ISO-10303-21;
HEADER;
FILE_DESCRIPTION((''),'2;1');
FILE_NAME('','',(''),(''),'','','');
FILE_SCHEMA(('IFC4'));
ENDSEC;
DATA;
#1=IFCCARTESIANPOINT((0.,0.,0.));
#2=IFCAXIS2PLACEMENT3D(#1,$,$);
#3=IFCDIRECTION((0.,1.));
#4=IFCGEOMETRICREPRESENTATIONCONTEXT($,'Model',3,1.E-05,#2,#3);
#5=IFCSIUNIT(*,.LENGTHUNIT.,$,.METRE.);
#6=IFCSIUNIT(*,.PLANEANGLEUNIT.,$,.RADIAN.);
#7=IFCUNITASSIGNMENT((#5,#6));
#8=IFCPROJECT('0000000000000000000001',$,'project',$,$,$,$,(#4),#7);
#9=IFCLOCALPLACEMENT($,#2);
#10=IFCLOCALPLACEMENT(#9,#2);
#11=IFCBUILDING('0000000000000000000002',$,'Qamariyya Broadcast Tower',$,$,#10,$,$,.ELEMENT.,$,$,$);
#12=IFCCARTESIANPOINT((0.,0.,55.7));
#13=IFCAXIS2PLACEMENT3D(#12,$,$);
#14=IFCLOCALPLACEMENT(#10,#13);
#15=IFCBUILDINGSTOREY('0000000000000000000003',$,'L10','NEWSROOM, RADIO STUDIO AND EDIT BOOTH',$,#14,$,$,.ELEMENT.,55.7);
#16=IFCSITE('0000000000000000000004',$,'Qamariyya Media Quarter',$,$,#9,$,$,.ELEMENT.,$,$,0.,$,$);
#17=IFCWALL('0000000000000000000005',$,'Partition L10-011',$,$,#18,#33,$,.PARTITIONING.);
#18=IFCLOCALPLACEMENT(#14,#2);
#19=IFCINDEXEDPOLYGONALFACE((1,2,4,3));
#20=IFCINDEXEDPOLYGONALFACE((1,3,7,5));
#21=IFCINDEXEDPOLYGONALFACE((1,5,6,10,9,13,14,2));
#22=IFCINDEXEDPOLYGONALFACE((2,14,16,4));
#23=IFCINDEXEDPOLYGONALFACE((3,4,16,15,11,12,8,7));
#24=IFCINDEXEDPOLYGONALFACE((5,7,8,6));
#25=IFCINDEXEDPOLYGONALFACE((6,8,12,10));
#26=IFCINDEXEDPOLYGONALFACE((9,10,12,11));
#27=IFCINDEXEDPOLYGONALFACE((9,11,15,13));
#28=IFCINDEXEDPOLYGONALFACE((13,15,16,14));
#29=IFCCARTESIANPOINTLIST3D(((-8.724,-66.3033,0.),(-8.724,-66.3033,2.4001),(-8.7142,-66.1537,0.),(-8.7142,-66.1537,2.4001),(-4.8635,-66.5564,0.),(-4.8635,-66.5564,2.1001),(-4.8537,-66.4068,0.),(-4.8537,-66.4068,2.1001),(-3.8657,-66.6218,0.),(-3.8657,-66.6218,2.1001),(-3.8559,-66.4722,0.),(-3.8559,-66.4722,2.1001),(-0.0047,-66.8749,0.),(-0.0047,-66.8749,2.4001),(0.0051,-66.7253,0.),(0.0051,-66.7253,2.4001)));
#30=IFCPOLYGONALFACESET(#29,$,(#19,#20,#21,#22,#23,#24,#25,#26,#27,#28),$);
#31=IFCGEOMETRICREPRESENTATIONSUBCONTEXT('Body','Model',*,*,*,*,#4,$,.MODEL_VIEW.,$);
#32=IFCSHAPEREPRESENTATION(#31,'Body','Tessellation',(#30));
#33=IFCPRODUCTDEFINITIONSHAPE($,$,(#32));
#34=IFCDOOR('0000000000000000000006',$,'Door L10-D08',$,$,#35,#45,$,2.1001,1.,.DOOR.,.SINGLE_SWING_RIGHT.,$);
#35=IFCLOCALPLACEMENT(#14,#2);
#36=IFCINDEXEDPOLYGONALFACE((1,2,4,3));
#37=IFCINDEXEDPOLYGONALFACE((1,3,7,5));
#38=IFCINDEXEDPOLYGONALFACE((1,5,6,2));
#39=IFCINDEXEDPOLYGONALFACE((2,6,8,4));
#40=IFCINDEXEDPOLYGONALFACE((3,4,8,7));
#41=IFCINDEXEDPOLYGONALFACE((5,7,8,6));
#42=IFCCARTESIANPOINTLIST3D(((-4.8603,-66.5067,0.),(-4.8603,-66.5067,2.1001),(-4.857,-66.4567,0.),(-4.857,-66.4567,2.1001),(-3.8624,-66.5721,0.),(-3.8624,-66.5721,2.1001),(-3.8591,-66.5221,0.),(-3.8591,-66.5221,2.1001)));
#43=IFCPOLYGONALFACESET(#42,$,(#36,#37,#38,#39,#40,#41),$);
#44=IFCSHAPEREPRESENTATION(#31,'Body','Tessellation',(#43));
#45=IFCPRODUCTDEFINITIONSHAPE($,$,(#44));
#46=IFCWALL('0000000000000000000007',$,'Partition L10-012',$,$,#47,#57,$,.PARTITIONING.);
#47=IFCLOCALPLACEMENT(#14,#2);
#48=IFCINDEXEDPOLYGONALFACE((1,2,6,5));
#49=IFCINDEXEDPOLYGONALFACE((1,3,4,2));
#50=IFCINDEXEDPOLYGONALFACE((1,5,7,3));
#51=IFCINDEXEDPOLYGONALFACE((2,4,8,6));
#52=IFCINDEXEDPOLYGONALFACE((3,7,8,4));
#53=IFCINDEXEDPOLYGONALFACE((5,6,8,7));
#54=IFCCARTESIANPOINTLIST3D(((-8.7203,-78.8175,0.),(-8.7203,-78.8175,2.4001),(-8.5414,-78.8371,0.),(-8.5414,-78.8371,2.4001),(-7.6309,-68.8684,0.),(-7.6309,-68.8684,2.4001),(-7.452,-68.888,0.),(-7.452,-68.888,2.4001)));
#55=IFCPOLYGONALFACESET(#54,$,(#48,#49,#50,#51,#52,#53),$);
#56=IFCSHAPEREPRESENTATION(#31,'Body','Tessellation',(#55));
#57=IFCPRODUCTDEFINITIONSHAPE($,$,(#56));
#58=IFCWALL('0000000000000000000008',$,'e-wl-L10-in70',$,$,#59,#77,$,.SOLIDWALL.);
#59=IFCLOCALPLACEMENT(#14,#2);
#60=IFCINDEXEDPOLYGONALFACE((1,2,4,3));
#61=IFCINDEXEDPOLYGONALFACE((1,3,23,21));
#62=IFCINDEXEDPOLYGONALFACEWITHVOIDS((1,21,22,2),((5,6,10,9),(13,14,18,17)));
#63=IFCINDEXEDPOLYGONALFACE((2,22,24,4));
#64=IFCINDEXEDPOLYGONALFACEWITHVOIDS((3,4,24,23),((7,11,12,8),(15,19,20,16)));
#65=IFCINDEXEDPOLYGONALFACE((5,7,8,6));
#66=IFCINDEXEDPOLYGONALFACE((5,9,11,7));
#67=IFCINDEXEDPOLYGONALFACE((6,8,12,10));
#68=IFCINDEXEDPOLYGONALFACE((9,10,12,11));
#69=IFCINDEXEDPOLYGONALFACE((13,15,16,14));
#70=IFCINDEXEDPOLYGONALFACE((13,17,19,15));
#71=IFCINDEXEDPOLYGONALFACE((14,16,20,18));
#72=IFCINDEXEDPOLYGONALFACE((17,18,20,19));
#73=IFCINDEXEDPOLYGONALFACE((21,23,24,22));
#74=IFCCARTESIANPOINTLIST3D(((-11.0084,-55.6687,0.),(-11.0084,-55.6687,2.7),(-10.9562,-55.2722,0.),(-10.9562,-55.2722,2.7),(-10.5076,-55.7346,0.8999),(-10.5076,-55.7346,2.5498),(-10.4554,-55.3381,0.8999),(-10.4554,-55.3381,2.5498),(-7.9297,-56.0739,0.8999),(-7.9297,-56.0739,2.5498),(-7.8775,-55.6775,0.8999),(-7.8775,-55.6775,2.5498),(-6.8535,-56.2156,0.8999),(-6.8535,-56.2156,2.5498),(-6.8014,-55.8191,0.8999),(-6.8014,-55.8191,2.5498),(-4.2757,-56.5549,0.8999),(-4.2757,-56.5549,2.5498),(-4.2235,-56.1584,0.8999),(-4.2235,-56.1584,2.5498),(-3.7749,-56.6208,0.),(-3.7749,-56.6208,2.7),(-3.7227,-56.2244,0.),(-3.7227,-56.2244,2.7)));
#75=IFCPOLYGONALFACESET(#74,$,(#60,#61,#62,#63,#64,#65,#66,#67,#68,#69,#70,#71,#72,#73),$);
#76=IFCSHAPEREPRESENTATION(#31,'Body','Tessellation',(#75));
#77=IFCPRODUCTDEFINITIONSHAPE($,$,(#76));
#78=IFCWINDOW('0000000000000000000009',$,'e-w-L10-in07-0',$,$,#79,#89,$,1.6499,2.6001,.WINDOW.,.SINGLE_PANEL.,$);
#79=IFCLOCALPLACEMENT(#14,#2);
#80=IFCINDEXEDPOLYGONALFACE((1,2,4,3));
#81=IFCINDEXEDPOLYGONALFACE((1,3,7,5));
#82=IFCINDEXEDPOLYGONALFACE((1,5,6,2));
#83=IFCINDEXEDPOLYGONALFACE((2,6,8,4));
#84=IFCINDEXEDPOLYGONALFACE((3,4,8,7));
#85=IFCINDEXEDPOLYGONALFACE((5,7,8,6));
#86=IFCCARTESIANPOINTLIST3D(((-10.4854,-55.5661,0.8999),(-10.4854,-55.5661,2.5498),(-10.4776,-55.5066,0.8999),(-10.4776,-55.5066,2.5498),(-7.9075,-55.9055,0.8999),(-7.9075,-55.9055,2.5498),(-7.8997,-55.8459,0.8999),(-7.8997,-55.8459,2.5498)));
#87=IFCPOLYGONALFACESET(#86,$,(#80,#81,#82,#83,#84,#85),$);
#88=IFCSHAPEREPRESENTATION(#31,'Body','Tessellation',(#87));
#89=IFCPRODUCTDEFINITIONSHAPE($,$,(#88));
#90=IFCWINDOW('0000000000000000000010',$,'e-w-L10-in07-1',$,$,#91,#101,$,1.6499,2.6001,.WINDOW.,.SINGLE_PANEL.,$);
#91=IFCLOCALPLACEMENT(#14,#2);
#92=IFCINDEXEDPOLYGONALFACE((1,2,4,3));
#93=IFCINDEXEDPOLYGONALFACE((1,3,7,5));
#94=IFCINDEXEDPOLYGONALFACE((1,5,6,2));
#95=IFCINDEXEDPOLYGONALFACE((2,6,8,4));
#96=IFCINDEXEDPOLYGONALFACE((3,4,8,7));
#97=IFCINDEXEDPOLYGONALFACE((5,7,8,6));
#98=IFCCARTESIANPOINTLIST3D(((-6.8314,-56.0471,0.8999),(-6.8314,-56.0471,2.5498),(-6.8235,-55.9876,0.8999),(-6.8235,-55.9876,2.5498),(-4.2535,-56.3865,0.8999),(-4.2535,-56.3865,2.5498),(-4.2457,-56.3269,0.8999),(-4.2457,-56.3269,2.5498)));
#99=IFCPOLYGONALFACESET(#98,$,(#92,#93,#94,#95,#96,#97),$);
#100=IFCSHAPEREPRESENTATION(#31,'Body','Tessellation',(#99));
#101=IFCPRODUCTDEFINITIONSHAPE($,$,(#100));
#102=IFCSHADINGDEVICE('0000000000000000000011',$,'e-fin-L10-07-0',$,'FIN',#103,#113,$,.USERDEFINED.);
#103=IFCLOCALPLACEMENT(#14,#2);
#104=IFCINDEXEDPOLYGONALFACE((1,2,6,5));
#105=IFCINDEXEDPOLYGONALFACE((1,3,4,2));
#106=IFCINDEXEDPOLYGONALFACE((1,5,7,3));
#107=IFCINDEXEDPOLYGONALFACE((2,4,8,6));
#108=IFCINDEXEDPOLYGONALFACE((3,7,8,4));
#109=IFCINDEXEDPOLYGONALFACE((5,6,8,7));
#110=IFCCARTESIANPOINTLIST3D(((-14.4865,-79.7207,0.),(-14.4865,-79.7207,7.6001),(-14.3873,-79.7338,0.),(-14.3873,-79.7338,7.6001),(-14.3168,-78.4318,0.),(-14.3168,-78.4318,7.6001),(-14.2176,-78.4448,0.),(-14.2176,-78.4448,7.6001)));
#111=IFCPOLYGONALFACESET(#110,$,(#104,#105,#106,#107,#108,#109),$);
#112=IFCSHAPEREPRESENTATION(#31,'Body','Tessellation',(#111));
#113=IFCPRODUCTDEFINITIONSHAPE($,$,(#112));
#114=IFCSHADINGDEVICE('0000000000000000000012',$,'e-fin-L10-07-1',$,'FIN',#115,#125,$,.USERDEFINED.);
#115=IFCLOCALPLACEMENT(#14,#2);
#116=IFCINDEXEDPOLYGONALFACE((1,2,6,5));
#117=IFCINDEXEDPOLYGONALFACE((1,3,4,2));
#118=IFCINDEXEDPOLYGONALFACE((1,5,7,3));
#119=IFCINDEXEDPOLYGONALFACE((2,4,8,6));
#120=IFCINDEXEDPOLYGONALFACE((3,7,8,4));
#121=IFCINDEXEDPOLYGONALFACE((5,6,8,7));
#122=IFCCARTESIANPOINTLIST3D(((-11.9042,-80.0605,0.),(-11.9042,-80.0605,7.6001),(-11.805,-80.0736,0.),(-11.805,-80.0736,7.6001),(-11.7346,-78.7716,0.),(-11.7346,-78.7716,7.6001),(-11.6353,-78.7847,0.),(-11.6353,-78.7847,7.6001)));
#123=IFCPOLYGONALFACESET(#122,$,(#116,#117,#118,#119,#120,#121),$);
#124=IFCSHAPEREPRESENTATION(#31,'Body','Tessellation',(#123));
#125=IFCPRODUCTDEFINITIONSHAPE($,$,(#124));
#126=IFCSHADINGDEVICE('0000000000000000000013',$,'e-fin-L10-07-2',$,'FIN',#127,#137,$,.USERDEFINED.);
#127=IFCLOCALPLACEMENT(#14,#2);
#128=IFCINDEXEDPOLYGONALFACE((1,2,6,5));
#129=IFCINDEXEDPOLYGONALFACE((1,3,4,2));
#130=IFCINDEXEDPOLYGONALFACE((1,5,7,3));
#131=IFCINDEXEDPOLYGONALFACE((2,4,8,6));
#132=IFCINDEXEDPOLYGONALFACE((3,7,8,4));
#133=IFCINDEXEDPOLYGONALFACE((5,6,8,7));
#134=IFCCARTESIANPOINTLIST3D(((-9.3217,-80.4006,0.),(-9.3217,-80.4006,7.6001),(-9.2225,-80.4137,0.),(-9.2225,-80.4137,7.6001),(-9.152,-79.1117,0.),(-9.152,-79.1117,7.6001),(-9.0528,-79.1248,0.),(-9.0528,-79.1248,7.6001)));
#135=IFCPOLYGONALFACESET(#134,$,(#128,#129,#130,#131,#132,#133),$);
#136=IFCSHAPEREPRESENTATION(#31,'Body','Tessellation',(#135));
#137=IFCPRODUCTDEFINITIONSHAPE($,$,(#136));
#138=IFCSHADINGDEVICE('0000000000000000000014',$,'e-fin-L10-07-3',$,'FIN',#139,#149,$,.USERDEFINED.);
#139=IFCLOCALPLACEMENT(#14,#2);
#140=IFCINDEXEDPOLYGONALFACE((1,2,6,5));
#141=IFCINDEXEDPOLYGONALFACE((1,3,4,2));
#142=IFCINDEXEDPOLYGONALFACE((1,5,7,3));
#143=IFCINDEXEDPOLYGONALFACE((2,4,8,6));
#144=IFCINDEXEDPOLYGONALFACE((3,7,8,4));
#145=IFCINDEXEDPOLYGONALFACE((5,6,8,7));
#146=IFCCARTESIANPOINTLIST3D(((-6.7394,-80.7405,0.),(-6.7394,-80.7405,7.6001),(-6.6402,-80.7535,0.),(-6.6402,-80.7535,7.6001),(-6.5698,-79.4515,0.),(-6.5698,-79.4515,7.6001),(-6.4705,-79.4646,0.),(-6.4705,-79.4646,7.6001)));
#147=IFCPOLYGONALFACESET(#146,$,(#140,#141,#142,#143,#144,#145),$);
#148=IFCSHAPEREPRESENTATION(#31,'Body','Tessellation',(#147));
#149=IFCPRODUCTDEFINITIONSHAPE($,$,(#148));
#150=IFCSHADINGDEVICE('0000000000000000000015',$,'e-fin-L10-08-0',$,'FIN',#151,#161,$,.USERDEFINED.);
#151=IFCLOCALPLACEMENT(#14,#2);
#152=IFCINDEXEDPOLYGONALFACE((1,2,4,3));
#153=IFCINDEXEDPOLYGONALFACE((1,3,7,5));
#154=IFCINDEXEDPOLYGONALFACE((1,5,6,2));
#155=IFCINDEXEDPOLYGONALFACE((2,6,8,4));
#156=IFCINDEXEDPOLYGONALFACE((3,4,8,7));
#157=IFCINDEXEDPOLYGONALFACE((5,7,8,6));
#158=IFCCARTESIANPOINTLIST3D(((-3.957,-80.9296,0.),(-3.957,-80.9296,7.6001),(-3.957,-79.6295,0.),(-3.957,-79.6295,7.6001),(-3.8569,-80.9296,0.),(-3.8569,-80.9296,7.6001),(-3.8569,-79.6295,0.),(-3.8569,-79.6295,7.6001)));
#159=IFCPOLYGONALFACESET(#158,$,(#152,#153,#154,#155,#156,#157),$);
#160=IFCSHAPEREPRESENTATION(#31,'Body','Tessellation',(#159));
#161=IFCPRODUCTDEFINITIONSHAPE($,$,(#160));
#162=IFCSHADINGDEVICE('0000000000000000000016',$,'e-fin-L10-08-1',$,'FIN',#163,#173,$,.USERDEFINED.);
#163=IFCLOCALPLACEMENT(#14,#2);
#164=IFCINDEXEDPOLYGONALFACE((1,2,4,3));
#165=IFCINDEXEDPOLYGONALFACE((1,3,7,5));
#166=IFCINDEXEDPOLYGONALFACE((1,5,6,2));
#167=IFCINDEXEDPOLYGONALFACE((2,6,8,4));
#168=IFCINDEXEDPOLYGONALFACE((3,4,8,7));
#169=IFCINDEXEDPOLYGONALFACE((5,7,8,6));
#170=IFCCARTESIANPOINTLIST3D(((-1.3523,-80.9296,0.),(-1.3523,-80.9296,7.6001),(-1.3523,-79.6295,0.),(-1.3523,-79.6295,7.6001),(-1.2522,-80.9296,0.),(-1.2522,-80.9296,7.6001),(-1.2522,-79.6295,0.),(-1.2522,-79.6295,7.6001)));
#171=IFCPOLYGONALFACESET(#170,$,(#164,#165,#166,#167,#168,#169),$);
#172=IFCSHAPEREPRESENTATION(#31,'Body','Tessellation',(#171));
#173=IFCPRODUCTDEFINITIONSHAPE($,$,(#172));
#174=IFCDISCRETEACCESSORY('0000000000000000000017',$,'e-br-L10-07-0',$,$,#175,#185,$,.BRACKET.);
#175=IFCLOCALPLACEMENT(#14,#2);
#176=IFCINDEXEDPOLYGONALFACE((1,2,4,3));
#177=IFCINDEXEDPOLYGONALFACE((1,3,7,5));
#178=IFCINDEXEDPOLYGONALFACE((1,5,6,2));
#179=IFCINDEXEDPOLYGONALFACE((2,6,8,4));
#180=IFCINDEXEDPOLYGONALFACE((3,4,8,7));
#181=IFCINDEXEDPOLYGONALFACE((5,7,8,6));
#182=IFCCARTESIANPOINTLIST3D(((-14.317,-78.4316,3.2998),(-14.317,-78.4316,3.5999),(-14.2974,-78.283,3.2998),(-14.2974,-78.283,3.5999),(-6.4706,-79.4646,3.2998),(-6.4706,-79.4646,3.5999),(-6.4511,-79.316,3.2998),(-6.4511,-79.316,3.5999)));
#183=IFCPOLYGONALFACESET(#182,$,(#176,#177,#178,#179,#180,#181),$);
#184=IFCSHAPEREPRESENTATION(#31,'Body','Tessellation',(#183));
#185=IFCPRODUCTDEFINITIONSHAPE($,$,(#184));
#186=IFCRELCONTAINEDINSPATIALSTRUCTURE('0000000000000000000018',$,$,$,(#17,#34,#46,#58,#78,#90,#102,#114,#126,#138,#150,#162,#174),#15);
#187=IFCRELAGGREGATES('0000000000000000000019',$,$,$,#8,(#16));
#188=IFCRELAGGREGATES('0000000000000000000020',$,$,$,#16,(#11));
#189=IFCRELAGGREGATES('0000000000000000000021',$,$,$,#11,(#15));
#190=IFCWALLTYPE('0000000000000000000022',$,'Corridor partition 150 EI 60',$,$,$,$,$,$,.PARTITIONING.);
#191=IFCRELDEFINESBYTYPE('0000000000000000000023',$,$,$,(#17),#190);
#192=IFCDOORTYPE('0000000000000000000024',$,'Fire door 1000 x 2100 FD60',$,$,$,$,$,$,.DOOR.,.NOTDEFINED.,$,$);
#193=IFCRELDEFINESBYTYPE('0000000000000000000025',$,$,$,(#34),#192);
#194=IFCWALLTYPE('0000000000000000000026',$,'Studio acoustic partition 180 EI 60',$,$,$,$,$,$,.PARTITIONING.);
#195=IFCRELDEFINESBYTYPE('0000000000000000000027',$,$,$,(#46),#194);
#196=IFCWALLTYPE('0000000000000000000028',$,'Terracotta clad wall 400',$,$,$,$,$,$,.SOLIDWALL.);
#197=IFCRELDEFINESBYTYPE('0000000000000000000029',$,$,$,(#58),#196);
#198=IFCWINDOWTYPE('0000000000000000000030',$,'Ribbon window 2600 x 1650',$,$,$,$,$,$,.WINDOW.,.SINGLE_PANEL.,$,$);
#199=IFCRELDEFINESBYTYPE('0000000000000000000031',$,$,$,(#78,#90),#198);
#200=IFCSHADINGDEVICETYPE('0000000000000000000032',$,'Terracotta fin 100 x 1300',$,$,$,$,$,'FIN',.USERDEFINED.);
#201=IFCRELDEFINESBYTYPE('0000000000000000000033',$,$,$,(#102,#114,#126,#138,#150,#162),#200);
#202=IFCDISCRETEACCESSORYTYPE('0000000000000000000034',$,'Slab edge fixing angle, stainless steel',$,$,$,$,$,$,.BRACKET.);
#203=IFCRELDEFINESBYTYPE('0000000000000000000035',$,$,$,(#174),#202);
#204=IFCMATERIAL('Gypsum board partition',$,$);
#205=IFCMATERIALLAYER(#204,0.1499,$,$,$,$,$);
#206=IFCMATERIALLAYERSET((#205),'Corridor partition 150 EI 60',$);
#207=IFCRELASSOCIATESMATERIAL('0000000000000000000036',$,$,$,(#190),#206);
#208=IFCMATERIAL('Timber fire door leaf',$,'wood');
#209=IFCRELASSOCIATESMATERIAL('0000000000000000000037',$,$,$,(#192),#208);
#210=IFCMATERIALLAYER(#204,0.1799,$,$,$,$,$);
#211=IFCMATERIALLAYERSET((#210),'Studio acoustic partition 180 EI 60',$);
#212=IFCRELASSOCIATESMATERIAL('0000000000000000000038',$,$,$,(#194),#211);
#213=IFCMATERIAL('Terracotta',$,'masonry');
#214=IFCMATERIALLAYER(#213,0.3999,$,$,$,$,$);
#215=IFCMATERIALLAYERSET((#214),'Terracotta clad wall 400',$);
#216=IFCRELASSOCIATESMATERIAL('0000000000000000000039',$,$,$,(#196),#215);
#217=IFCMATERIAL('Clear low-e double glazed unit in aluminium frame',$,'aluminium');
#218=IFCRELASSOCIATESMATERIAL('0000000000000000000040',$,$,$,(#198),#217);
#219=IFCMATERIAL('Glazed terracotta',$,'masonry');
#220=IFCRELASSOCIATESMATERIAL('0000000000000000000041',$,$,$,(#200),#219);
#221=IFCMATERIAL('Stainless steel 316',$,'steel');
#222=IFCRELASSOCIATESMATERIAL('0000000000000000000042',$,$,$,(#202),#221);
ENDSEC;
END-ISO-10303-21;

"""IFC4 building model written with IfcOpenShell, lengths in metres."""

from ifc_helpers import new_model, si_unit, direction, frame, frame_2d, origin, origin_2d, place, context, subcontext, project, spatial, rectangle, extrude, material, layer, layer_set, material_profile, profile_set, type_object, element, fill, save


model = new_model("IFC4")

# Units and contexts
model_context = context("Model", 3, precision=1e-05, world=origin(), true_north=direction((0.0, 1.0)))
body_context = subcontext(model_context, "Body", "Model", "MODEL_VIEW")
ifc_project = project(units=[si_unit("LENGTHUNIT", "METRE"), si_unit("PLANEANGLEUNIT", "RADIAN")], contexts=[model_context])

# Site, building, storey
site_placement = place(None, origin())
site = spatial("IfcSite", under=ifc_project, at=site_placement, Name="Qamariyya Media Quarter", CompositionType="ELEMENT", RefElevation=0.0)
building_placement = place(site_placement, origin())
building = spatial("IfcBuilding", under=site, at=building_placement, Name="Qamariyya Broadcast Tower", CompositionType="ELEMENT")
storey_placement = place(building_placement, frame((0.0, 0.0, 55.7)))
storey = spatial("IfcBuildingStorey", under=building, at=storey_placement, Name="L10", Description="NEWSROOM, RADIO STUDIO AND EDIT BOOTH", CompositionType="ELEMENT", Elevation=55.7)

# Wall, opening, door
ifc_material_1 = material(Name="Gypsum board partition")
ifc_layer_1 = layer(ifc_material_1, 0.1499)
ifc_layer_set_1 = layer_set([ifc_layer_1], Name="Corridor partition 150 EI 60")
wall_type_1 = type_object("IfcWallType", Name="Corridor partition 150 EI 60", PredefinedType="PARTITIONING", material=ifc_layer_set_1)
ifc_material_2 = material(Name="Timber fire door leaf", Category="wood")
wall_1_placement = place(storey_placement, frame((-8.7192, -66.2285, 0.0), z_axis=(0.0, 0.0, 1.0), x_axis=(0.997859, -0.065408, 0.0)))
wall_1 = element("IfcWall", 1, at=wall_1_placement, inside=storey, type_object=wall_type_1, Name="Partition L10-011", PredefinedType="PARTITIONING", context=body_context, shape_type="SweptSolid", body=[
    extrude(rectangle(XDim=8.738, YDim=0.1499, at=frame_2d((4.3691, 0.0))), origin(), (0.0, 0.0, 1.0), 2.4001),
])
opening_1_placement = place(wall_1_placement, frame((3.8689, 0.0, 0.0)))
opening_1 = element("IfcOpeningElement", 2, at=opening_1_placement, cuts=wall_1, PredefinedType="OPENING", context=body_context, shape_type="SweptSolid", body=[
    extrude(rectangle(XDim=1.0, YDim=2.1001, at=frame_2d((0.5, 1.05))), frame((0.0, 0.085, 0.0), z_axis=(0.0, -1.0, 0.0), x_axis=(1.0, 0.0, 0.0)), (0.0, 0.0, 1.0), 0.1699),
])
door_type_1 = type_object("IfcDoorType", Name="Fire door 1000 x 2100 FD60", OperationType="NOTDEFINED", PredefinedType="DOOR", material=ifc_material_2)
door_1_placement = place(opening_1_placement, origin())
door_1 = element("IfcDoor", 3, at=door_1_placement, inside=storey, type_object=door_type_1, Name="Door L10-D08", OperationType="SINGLE_SWING_RIGHT", OverallHeight=2.1001, OverallWidth=1.0, PredefinedType="DOOR", context=body_context, shape_type="SweptSolid", body=[
    extrude(rectangle(XDim=1.0, YDim=2.1001, at=frame_2d((0.5, 1.05))), frame((0.0, 0.0249, 0.0), z_axis=(0.0, -1.0, 0.0), x_axis=(1.0, 0.0, 0.0)), (0.0, 0.0, 1.0), 0.05),
])
fill(opening_1, door_1)

# Wall
ifc_layer_2 = layer(ifc_material_1, 0.1799)
ifc_layer_set_2 = layer_set([ifc_layer_2], Name="Studio acoustic partition 180 EI 60")
wall_type_2 = type_object("IfcWallType", Name="Studio acoustic partition 180 EI 60", PredefinedType="PARTITIONING", material=ifc_layer_set_2)
wall_2_placement = place(storey_placement, frame((-8.6309, -78.8274, 0.0), z_axis=(0.0, 0.0, 1.0), x_axis=(0.108844, 0.994059, 0.0)))
element("IfcWall", 4, at=wall_2_placement, inside=storey, type_object=wall_type_2, Name="Partition L10-012", PredefinedType="PARTITIONING", context=body_context, shape_type="SweptSolid", body=[
    extrude(rectangle(XDim=10.0085, YDim=0.1799, at=frame_2d((5.0044, 0.0))), origin(), (0.0, 0.0, 1.0), 2.4001),
])

# Wall, openings, windows
ifc_material_3 = material(Name="Terracotta", Category="masonry")
ifc_layer_3 = layer(ifc_material_3, 0.3999)
ifc_layer_set_3 = layer_set([ifc_layer_3], Name="Terracotta clad wall 400")
wall_type_3 = type_object("IfcWallType", Name="Terracotta clad wall 400", PredefinedType="SOLIDWALL", material=ifc_layer_set_3)
wall_3_placement = place(storey_placement, frame((-3.7488, -56.4226, 0.0), z_axis=(0.0, 0.0, 1.0), x_axis=(-0.991447, 0.130506, 0.0)))
wall_3 = element("IfcWall", 5, at=wall_3_placement, inside=storey, type_object=wall_type_3, Name="e-wl-L10-in70", PredefinedType="SOLIDWALL", context=body_context, shape_type="SweptSolid", body=[
    extrude(rectangle(XDim=7.2959, YDim=0.3999, at=frame_2d((3.6479, 0.0))), origin(), (0.0, 0.0, 1.0), 2.7),
])
opening_2_placement = place(wall_3_placement, frame((4.1907, 0.0, 0.8999)))
opening_2 = element("IfcOpeningElement", 6, at=opening_2_placement, cuts=wall_3, PredefinedType="OPENING", context=body_context, shape_type="SweptSolid", body=[
    extrude(rectangle(XDim=2.6001, YDim=1.6499, at=frame_2d((1.3, 0.825))), frame((0.0, 0.21, 0.0), z_axis=(0.0, -1.0, 0.0), x_axis=(1.0, 0.0, 0.0)), (0.0, 0.0, 1.0), 0.4199),
])
opening_3_placement = place(wall_3_placement, frame((0.5051, 0.0, 0.8999)))
opening_3 = element("IfcOpeningElement", 7, at=opening_3_placement, cuts=wall_3, PredefinedType="OPENING", context=body_context, shape_type="SweptSolid", body=[
    extrude(rectangle(XDim=2.6001, YDim=1.6499, at=frame_2d((1.3, 0.825))), frame((0.0, 0.21, 0.0), z_axis=(0.0, -1.0, 0.0), x_axis=(1.0, 0.0, 0.0)), (0.0, 0.0, 1.0), 0.4199),
])
ifc_material_4 = material(Name="Clear low-e double glazed unit in aluminium frame", Category="aluminium")
window_type = type_object("IfcWindowType", Name="Ribbon window 2600 x 1650", PartitioningType="SINGLE_PANEL", PredefinedType="WINDOW", material=ifc_material_4)
window_1_placement = place(opening_2_placement, origin())
window_1 = element("IfcWindow", 8, at=window_1_placement, inside=storey, type_object=window_type, Name="e-w-L10-in07-0", OverallHeight=1.6499, OverallWidth=2.6001, PartitioningType="SINGLE_PANEL", PredefinedType="WINDOW", context=body_context, shape_type="SweptSolid", body=[
    extrude(rectangle(XDim=2.6001, YDim=1.6499, at=frame_2d((1.3, 0.825))), frame((0.0, 0.03, 0.0), z_axis=(0.0, -1.0, 0.0), x_axis=(1.0, 0.0, 0.0)), (0.0, 0.0, 1.0), 0.0601),
])
fill(opening_2, window_1)
window_2_placement = place(opening_3_placement, origin())
window_2 = element("IfcWindow", 9, at=window_2_placement, inside=storey, type_object=window_type, Name="e-w-L10-in07-1", OverallHeight=1.6499, OverallWidth=2.6001, PartitioningType="SINGLE_PANEL", PredefinedType="WINDOW", context=body_context, shape_type="SweptSolid", body=[
    extrude(rectangle(XDim=2.6001, YDim=1.6499, at=frame_2d((1.3, 0.825))), frame((0.0, 0.03, 0.0), z_axis=(0.0, -1.0, 0.0), x_axis=(1.0, 0.0, 0.0)), (0.0, 0.0, 1.0), 0.0601),
])
fill(opening_3, window_2)

# Shading devices
ifc_material_5 = material(Name="Glazed terracotta", Category="masonry")
ifc_material_profile_1 = material_profile(ifc_material_5, rectangle(XDim=1.3, YDim=0.1001, at=origin_2d()))
ifc_profile_set_1 = profile_set([ifc_material_profile_1], Name="Glazed terracotta")
shading_device_type_1 = type_object("IfcShadingDeviceType", Name="Terracotta fin 100 x 1300", ElementType="FIN", PredefinedType="USERDEFINED", material=ifc_profile_set_1)
for number, where, z_axis, x_axis, name in (
    (10, (-14.3521, -79.0828, 0.0), (0.0, 0.0, 1.0), (-0.130526, -0.991445, 0.0), "e-fin-L10-07-0"),
    (11, (-11.7698, -79.4226, 0.0), (0.0, 0.0, 1.0), (-0.130526, -0.991445, 0.0), "e-fin-L10-07-1"),
    (12, (-9.1873, -79.7627, 0.0), (0.0, 0.0, 1.0), (-0.130526, -0.991445, 0.0), "e-fin-L10-07-2"),
    (13, (-6.605, -80.1025, 0.0), (0.0, 0.0, 1.0), (-0.130526, -0.991445, 0.0), "e-fin-L10-07-3"),
    (14, (-3.907, -80.2795, 0.0), (0.0, 0.0, 1.0), (0.0, -1.0, 0.0), "e-fin-L10-08-0"),
    (15, (-1.3022, -80.2795, 0.0), (0.0, 0.0, 1.0), (0.0, -1.0, 0.0), "e-fin-L10-08-1"),
):
    element("IfcShadingDevice", number, at=place(storey_placement, frame(where, z_axis=z_axis, x_axis=x_axis)), inside=storey, type_object=shading_device_type_1, Name=name, ObjectType="FIN", PredefinedType="USERDEFINED", context=body_context, shape_type="SweptSolid", body=[
        extrude(rectangle(XDim=1.3, YDim=0.1001, at=origin_2d()), origin(), (0.0, 0.0, 1.0), 7.6001),
    ])

# Discrete accessory
ifc_material_6 = material(Name="Stainless steel 316", Category="steel")
discrete_accessory_type = type_object("IfcDiscreteAccessoryType", Name="Slab edge fixing angle, stainless steel", PredefinedType="BRACKET", material=ifc_material_6)
discrete_accessory_placement = place(storey_placement, frame((-10.384, -78.8738, 3.2998), z_axis=(0.0, 0.0, 1.0), x_axis=(0.991445, -0.130526, 0.0)))
element("IfcDiscreteAccessory", 16, at=discrete_accessory_placement, inside=storey, type_object=discrete_accessory_type, Name="e-br-L10-07-0", PredefinedType="BRACKET", context=body_context, shape_type="SweptSolid", body=[
    extrude(rectangle(XDim=7.9141, YDim=0.1499, at=origin_2d()), origin(), (0.0, 0.0, 1.0), 0.3),
])

save(model, "model.ifc")
